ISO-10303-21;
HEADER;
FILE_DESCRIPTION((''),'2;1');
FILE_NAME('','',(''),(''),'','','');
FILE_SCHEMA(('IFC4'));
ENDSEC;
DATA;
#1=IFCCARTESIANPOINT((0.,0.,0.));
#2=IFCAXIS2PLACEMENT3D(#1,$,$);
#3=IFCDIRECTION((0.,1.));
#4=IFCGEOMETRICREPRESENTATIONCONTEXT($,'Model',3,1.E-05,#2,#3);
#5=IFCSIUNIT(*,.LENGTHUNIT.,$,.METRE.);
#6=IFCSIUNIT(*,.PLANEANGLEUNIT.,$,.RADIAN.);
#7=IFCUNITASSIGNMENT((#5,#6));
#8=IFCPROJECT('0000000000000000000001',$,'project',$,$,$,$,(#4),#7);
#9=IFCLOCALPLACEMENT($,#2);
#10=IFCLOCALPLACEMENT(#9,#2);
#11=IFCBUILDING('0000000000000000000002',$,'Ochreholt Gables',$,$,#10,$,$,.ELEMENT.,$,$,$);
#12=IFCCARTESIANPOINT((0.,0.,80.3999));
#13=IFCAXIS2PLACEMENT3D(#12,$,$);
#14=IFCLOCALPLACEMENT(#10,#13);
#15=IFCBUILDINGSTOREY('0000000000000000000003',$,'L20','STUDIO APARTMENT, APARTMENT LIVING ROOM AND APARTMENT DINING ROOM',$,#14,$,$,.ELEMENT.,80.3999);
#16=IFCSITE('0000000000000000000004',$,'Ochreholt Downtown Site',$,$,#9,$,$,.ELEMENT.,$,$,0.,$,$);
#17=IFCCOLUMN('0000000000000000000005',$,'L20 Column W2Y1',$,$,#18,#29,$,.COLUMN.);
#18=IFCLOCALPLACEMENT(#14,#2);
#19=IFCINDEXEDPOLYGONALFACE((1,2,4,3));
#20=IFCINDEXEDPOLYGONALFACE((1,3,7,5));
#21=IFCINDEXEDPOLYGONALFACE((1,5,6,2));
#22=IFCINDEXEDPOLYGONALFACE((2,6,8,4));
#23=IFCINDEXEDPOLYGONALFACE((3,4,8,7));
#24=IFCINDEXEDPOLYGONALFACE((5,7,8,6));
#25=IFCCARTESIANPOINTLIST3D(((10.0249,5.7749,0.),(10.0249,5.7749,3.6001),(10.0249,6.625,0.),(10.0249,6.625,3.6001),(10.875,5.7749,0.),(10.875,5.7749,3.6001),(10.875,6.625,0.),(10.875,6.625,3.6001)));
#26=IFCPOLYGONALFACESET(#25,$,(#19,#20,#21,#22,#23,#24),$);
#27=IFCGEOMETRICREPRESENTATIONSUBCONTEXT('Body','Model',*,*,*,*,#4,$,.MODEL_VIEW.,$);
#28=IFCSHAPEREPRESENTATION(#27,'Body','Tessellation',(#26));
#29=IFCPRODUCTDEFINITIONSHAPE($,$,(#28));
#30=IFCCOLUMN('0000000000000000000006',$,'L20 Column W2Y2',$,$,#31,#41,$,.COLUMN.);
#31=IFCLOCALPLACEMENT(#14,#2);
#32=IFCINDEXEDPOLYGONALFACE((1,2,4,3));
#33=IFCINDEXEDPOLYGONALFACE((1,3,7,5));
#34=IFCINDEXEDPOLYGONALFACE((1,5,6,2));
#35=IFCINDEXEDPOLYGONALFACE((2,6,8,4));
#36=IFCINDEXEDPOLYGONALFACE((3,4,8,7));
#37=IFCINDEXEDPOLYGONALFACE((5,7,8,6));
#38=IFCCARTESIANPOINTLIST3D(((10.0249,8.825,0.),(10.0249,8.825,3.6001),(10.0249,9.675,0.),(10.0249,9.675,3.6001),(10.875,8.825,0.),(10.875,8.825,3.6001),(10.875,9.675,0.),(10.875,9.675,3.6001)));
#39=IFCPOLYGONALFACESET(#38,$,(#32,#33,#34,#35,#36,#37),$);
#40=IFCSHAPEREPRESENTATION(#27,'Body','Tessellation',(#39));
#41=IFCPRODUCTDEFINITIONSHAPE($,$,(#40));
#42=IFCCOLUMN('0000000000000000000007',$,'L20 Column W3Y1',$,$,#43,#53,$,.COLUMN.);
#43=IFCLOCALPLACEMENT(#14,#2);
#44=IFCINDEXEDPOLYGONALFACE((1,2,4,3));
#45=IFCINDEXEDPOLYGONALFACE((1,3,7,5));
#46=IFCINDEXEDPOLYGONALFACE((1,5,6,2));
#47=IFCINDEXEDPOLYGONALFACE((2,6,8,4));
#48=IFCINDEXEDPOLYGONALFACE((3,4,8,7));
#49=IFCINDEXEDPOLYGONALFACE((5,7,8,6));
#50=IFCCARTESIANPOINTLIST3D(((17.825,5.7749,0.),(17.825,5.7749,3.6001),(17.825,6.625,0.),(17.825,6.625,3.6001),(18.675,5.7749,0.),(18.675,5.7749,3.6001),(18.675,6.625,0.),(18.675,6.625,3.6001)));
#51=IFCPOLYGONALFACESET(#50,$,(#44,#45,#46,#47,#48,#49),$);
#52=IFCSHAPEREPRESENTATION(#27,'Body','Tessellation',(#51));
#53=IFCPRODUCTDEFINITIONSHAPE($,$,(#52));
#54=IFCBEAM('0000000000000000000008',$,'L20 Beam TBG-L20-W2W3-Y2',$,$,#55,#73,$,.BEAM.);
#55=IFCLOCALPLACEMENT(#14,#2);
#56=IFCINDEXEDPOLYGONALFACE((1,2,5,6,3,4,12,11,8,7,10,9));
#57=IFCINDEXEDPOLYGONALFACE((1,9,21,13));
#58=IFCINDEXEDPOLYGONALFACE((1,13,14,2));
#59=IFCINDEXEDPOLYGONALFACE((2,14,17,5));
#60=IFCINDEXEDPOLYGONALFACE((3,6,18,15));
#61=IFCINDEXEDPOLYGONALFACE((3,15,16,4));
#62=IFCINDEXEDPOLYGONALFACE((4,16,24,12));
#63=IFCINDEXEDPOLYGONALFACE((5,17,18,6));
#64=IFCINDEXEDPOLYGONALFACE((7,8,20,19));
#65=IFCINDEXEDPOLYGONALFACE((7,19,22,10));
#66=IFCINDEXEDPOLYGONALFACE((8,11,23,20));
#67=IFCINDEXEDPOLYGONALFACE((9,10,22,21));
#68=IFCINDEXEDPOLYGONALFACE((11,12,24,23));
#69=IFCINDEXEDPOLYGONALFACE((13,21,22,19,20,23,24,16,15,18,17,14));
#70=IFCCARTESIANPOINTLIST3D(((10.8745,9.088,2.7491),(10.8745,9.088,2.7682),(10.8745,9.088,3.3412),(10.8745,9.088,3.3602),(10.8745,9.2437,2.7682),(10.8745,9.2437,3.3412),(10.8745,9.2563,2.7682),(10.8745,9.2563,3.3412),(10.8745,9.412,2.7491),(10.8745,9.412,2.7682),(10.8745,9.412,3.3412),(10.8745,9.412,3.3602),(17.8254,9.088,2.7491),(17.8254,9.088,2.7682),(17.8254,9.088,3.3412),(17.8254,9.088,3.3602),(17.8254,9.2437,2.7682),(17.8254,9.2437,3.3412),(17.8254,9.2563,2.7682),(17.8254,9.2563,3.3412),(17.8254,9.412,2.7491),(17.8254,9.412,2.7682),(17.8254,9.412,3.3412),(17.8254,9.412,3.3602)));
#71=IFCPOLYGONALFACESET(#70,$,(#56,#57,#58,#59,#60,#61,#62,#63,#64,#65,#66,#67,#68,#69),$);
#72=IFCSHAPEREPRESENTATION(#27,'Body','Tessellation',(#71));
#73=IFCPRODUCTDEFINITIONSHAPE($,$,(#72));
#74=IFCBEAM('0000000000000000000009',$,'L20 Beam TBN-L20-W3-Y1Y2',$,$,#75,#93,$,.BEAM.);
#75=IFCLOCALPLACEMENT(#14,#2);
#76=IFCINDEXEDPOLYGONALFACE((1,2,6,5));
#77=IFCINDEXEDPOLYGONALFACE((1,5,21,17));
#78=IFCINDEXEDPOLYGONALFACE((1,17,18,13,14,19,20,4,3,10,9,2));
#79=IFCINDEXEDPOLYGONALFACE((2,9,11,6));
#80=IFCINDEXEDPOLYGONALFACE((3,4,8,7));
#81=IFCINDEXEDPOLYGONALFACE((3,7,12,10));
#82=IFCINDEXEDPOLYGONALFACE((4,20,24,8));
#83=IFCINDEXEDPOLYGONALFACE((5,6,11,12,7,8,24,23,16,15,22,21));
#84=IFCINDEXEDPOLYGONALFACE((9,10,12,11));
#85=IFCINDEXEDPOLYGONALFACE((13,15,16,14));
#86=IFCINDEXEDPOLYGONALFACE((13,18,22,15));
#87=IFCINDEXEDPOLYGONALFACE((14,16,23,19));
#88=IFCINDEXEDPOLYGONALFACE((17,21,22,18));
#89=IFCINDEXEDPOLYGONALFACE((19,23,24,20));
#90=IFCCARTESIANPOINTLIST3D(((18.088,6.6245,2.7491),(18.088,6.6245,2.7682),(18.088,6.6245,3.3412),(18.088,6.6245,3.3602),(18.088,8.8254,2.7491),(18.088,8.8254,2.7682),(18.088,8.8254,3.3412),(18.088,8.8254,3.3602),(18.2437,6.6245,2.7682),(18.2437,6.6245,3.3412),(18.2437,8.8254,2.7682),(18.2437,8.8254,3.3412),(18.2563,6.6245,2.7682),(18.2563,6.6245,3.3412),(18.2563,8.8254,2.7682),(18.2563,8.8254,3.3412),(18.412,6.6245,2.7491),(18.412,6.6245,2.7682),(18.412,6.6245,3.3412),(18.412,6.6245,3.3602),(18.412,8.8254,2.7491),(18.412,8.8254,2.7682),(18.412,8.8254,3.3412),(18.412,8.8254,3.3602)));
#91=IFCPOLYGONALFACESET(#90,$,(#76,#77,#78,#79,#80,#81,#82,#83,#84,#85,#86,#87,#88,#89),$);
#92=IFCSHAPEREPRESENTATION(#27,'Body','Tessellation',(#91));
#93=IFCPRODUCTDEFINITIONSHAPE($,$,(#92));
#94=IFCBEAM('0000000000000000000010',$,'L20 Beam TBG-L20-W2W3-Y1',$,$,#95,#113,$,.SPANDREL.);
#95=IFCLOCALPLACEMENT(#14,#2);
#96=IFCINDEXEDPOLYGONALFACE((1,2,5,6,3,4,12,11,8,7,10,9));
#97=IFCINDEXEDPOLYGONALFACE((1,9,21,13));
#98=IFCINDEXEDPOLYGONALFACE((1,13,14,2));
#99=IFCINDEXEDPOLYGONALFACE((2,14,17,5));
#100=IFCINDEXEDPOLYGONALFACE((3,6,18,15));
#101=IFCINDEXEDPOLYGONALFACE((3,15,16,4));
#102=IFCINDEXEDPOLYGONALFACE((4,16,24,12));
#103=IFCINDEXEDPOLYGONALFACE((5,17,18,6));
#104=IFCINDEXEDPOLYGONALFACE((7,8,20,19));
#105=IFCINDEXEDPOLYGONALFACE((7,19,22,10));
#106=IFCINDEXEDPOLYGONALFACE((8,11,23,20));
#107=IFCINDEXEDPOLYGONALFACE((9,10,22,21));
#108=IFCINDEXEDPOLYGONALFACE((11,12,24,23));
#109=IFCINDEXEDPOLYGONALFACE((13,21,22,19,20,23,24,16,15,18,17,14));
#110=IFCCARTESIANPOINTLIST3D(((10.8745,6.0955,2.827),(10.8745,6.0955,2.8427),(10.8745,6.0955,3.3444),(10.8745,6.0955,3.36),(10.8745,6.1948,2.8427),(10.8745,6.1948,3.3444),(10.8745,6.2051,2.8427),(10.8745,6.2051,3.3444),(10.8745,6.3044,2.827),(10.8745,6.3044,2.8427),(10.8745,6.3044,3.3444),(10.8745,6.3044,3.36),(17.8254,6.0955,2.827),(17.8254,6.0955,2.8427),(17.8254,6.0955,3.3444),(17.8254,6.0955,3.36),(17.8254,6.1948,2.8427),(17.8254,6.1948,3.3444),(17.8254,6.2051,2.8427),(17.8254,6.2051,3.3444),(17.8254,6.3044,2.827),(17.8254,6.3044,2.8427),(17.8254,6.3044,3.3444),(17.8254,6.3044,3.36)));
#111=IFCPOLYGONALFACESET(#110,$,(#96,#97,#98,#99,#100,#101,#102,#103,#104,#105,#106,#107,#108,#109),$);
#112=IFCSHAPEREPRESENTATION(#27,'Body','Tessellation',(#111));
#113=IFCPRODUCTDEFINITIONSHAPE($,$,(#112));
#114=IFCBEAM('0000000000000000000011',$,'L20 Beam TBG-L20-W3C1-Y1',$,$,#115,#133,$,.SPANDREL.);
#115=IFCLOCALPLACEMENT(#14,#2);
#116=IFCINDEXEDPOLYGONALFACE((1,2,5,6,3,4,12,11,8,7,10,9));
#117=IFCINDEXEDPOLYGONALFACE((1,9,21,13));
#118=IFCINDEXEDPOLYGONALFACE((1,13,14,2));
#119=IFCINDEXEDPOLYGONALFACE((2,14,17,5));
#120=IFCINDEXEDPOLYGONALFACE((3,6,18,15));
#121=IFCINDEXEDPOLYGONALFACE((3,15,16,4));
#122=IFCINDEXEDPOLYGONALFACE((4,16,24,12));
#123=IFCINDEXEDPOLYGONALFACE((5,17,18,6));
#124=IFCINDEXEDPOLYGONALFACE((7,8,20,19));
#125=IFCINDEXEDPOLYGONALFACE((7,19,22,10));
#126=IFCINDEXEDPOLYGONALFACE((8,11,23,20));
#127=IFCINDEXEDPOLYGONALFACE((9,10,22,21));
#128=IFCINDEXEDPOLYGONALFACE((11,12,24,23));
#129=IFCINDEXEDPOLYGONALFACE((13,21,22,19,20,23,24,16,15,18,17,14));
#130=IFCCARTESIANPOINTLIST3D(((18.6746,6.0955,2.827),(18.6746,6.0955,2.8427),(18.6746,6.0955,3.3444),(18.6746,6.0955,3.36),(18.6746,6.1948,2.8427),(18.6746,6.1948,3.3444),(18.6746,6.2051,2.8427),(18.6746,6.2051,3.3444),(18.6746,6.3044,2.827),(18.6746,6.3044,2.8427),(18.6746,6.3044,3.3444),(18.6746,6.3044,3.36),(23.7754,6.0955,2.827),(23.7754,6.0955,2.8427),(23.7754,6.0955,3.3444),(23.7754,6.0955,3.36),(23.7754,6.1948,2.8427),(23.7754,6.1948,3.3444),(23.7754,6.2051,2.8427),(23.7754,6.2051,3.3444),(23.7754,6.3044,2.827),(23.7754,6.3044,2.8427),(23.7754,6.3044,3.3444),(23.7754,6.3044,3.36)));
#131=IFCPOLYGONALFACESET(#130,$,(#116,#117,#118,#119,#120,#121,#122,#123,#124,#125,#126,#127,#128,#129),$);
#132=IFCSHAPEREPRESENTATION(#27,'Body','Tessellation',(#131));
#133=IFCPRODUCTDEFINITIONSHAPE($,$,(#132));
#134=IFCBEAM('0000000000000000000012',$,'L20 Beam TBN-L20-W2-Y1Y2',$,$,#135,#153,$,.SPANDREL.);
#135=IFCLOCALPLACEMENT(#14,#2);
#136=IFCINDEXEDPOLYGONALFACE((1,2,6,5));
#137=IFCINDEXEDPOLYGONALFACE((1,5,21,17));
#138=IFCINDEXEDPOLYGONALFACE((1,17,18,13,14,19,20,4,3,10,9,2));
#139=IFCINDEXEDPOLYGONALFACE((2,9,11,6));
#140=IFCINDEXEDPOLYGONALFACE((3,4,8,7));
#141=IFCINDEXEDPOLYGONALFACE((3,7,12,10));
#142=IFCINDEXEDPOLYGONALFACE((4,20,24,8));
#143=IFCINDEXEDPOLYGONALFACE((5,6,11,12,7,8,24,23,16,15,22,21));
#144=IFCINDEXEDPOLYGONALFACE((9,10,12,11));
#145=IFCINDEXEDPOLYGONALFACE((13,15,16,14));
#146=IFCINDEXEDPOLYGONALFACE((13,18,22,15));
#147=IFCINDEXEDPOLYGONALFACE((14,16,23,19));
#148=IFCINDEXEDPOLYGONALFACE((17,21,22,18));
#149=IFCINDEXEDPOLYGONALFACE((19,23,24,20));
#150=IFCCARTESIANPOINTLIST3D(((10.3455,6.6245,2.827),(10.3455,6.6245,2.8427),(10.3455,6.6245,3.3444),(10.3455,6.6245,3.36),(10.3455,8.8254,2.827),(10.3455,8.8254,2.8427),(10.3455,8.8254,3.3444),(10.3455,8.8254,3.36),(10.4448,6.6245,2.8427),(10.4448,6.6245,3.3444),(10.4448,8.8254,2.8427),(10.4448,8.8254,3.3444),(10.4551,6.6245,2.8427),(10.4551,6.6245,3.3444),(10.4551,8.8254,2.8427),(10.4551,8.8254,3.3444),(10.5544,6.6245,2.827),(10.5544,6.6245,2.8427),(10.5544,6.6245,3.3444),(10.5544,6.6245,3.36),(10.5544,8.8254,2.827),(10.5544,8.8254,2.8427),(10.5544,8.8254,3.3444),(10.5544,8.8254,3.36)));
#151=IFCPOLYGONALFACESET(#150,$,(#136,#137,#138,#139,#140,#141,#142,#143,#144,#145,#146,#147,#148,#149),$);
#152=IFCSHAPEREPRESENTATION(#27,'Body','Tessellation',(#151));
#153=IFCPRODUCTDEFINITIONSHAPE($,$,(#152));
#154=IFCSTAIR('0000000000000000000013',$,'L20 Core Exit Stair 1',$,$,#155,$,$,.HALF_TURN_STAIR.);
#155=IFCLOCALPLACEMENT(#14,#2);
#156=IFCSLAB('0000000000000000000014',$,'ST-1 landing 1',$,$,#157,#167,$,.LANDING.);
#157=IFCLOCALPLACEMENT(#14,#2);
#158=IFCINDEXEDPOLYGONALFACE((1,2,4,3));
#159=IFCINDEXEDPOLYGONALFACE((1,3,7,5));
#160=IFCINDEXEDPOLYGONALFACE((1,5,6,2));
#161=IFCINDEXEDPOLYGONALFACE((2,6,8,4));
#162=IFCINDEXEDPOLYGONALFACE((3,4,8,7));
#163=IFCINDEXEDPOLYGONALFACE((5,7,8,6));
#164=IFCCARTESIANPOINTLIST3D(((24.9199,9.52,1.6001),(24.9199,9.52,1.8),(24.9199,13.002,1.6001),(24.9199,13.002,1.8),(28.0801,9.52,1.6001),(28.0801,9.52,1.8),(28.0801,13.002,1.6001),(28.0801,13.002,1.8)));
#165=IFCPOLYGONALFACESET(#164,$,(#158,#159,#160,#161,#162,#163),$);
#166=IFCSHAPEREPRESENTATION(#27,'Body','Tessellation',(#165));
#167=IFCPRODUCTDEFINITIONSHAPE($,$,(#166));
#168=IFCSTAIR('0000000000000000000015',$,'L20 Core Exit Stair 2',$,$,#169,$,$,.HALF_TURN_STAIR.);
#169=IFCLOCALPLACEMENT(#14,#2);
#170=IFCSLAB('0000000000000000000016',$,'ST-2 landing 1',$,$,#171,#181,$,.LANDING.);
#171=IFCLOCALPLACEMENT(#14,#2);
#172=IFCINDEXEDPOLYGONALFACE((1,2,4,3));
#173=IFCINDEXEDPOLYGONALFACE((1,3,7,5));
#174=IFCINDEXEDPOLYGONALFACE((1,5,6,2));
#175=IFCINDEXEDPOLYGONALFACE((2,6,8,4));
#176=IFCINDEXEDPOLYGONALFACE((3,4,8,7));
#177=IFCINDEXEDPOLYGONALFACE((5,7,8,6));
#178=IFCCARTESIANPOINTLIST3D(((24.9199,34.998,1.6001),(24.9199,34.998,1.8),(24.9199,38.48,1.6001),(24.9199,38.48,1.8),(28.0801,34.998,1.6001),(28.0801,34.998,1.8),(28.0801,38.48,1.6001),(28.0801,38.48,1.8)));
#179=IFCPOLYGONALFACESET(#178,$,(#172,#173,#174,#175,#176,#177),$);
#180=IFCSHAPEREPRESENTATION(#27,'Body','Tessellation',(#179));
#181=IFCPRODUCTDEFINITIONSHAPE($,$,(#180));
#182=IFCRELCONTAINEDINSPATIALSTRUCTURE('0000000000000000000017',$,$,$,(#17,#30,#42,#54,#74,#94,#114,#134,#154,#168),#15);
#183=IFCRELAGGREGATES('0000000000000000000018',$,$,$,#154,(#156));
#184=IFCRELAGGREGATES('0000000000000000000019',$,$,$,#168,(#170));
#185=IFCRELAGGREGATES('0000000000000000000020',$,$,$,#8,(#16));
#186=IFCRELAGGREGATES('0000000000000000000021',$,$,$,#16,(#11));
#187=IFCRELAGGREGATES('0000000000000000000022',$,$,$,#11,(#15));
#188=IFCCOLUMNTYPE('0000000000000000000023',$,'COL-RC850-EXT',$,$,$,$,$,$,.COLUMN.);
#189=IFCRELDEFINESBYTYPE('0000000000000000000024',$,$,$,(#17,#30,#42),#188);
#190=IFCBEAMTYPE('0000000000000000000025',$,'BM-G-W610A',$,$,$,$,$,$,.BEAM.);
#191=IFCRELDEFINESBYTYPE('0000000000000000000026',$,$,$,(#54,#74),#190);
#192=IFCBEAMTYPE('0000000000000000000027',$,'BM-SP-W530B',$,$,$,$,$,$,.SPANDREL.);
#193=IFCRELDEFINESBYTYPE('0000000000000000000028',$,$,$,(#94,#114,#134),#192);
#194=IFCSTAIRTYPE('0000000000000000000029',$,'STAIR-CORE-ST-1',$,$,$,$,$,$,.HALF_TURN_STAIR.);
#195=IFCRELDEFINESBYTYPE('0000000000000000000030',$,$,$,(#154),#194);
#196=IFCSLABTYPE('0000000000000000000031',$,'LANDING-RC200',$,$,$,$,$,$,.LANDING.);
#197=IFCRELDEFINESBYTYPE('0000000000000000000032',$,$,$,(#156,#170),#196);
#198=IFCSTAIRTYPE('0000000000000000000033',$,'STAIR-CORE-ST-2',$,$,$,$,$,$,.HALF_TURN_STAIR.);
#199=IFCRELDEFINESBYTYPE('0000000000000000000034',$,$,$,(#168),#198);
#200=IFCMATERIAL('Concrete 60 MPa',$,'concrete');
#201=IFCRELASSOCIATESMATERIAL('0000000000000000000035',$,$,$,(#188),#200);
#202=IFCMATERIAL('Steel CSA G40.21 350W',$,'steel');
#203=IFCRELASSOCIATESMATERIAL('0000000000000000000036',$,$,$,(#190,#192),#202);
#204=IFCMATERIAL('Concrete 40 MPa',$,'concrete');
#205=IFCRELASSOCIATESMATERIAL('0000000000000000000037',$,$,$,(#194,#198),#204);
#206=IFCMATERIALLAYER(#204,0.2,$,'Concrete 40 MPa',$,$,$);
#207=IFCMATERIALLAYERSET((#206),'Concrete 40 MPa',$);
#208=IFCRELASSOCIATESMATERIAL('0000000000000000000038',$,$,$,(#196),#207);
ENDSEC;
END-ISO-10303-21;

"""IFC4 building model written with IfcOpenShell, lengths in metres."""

from ifc_helpers import new_model, si_unit, direction, frame, origin, origin_2d, place, context, subcontext, project, spatial, polyline, rectangle, i_section, outline, extrude, material, layer, layer_set, material_profile, profile_set, type_object, element, aggregate, save


model = new_model("IFC4")

# Units and contexts
model_context = context("Model", 3, precision=1e-05, world=origin(), true_north=direction((0.0, 1.0)))
body_context = subcontext(model_context, "Body", "Model", "MODEL_VIEW")
ifc_project = project(units=[si_unit("LENGTHUNIT", "METRE"), si_unit("PLANEANGLEUNIT", "RADIAN")], contexts=[model_context])

# Site, building, storey
site_placement = place(None, origin())
site = spatial("IfcSite", under=ifc_project, at=site_placement, Name="Ochreholt Downtown Site", CompositionType="ELEMENT", RefElevation=0.0)
building_placement = place(site_placement, origin())
building = spatial("IfcBuilding", under=site, at=building_placement, Name="Ochreholt Gables", CompositionType="ELEMENT")
storey_placement = place(building_placement, frame((0.0, 0.0, 80.3999)))
storey = spatial("IfcBuildingStorey", under=building, at=storey_placement, Name="L20", Description="STUDIO APARTMENT, APARTMENT LIVING ROOM AND APARTMENT DINING ROOM", CompositionType="ELEMENT", Elevation=80.3999)

# Columns
ifc_material_1 = material(Name="Concrete 60 MPa", Category="concrete")
ifc_material_profile_1 = material_profile(ifc_material_1, rectangle(XDim=0.8501, YDim=0.8501, at=origin_2d()), Name="RC850X850")
ifc_profile_set_1 = profile_set([ifc_material_profile_1], Name="Concrete 60 MPa")
column_type = type_object("IfcColumnType", Name="COL-RC850-EXT", PredefinedType="COLUMN", material=ifc_profile_set_1)
for number, where, z_axis, x_axis, name in (
    (1, (10.45, 6.2, 0.0), (0.0, 0.0, 1.0), (1.0, 0.0, 0.0), "L20 Column W2Y1"),
    (2, (10.45, 9.25, 0.0), (0.0, 0.0, 1.0), (1.0, 0.0, 0.0), "L20 Column W2Y2"),
    (3, (18.25, 6.2, 0.0), (0.0, 0.0, 1.0), (1.0, 0.0, 0.0), "L20 Column W3Y1"),
):
    element("IfcColumn", number, at=place(storey_placement, frame(where, z_axis=z_axis, x_axis=x_axis)), inside=storey, type_object=column_type, Name=name, PredefinedType="COLUMN", context=body_context, shape_type="SweptSolid", body=[
        extrude(rectangle(XDim=0.8501, YDim=0.8501, at=origin_2d()), origin(), (0.0, 0.0, 1.0), 3.6001),
    ])

# Beams
ifc_material_2 = material(Name="Steel CSA G40.21 350W", Category="steel")
ifc_material_profile_2 = material_profile(ifc_material_2, i_section(OverallWidth=0.324, OverallDepth=0.6111, WebThickness=0.0127, FlangeThickness=0.019, at=origin_2d()), Name="W610X155")
ifc_profile_set_2 = profile_set([ifc_material_profile_2], Name="Steel CSA G40.21 350W")
beam_type_1 = type_object("IfcBeamType", Name="BM-G-W610A", PredefinedType="BEAM", material=ifc_profile_set_2)
beam_1_placement = place(storey_placement, frame((10.8745, 9.25, 3.0547), z_axis=(1.0, 0.0, 0.0), x_axis=(0.0, 1.0, 0.0)))
element("IfcBeam", 4, at=beam_1_placement, inside=storey, type_object=beam_type_1, Name="L20 Beam TBG-L20-W2W3-Y2", PredefinedType="BEAM", context=body_context, shape_type="SweptSolid", body=[
    extrude(i_section(OverallWidth=0.324, OverallDepth=0.6111, WebThickness=0.0127, FlangeThickness=0.019, at=origin_2d()), origin(), (0.0, 0.0, 1.0), 6.9509),
])
beam_2_placement = place(storey_placement, frame((18.25, 6.6245, 3.0547), z_axis=(0.0, 1.0, 0.0), x_axis=(-1.0, 0.0, 0.0)))
element("IfcBeam", 5, at=beam_2_placement, inside=storey, type_object=beam_type_1, Name="L20 Beam TBN-L20-W3-Y1Y2", PredefinedType="BEAM", context=body_context, shape_type="SweptSolid", body=[
    extrude(i_section(OverallWidth=0.324, OverallDepth=0.6111, WebThickness=0.0127, FlangeThickness=0.019, at=origin_2d()), origin(), (0.0, 0.0, 1.0), 2.2009),
])
ifc_material_profile_3 = material_profile(ifc_material_2, i_section(OverallWidth=0.209, OverallDepth=0.533, WebThickness=0.0103, FlangeThickness=0.0156, at=origin_2d()), Name="W530X92")
ifc_profile_set_3 = profile_set([ifc_material_profile_3], Name="Steel CSA G40.21 350W")
beam_type_2 = type_object("IfcBeamType", Name="BM-SP-W530B", PredefinedType="SPANDREL", material=ifc_profile_set_3)
beam_3_placement = place(storey_placement, frame((10.8745, 6.2, 3.0935), z_axis=(1.0, 0.0, 0.0), x_axis=(0.0, 1.0, 0.0)))
element("IfcBeam", 6, at=beam_3_placement, inside=storey, type_object=beam_type_2, Name="L20 Beam TBG-L20-W2W3-Y1", PredefinedType="SPANDREL", context=body_context, shape_type="SweptSolid", body=[
    extrude(i_section(OverallWidth=0.209, OverallDepth=0.533, WebThickness=0.0103, FlangeThickness=0.0156, at=origin_2d()), origin(), (0.0, 0.0, 1.0), 6.9509),
])
beam_4_placement = place(storey_placement, frame((18.6746, 6.2, 3.0935), z_axis=(1.0, 0.0, 0.0), x_axis=(0.0, 1.0, 0.0)))
element("IfcBeam", 7, at=beam_4_placement, inside=storey, type_object=beam_type_2, Name="L20 Beam TBG-L20-W3C1-Y1", PredefinedType="SPANDREL", context=body_context, shape_type="SweptSolid", body=[
    extrude(i_section(OverallWidth=0.209, OverallDepth=0.533, WebThickness=0.0103, FlangeThickness=0.0156, at=origin_2d()), origin(), (0.0, 0.0, 1.0), 5.1008),
])
beam_5_placement = place(storey_placement, frame((10.45, 6.6245, 3.0935), z_axis=(0.0, 1.0, 0.0), x_axis=(-1.0, 0.0, 0.0)))
element("IfcBeam", 8, at=beam_5_placement, inside=storey, type_object=beam_type_2, Name="L20 Beam TBN-L20-W2-Y1Y2", PredefinedType="SPANDREL", context=body_context, shape_type="SweptSolid", body=[
    extrude(i_section(OverallWidth=0.209, OverallDepth=0.533, WebThickness=0.0103, FlangeThickness=0.0156, at=origin_2d()), origin(), (0.0, 0.0, 1.0), 2.2009),
])

# Stairs, slabs
ifc_material_3 = material(Name="Concrete 40 MPa", Category="concrete")
stair_type_1 = type_object("IfcStairType", Name="STAIR-CORE-ST-1", PredefinedType="HALF_TURN_STAIR", material=ifc_material_3)
stair_1_placement = place(storey_placement, origin())
stair_1 = element("IfcStair", 9, at=stair_1_placement, inside=storey, type_object=stair_type_1, Name="L20 Core Exit Stair 1", PredefinedType="HALF_TURN_STAIR")
ifc_layer_1 = layer(ifc_material_3, 0.2, Name="Concrete 40 MPa")
ifc_layer_set_1 = layer_set([ifc_layer_1], Name="Concrete 40 MPa")
slab_type_1 = type_object("IfcSlabType", Name="LANDING-RC200", PredefinedType="LANDING", material=ifc_layer_set_1)
slab_1_placement = place(storey_placement, frame((0.0, 0.0, 1.6001)))
slab_1 = element("IfcSlab", 10, at=slab_1_placement, type_object=slab_type_1, Name="ST-1 landing 1", PredefinedType="LANDING", context=body_context, shape_type="SweptSolid", body=[
    extrude(outline(polyline([(24.9199, 13.002), (24.9199, 9.52), (28.0801, 9.52), (28.0801, 13.002), (24.9199, 13.002)])), origin(), (0.0, 0.0, 1.0), 0.2),
])
aggregate(stair_1, [slab_1])
stair_type_2 = type_object("IfcStairType", Name="STAIR-CORE-ST-2", PredefinedType="HALF_TURN_STAIR", material=ifc_material_3)
stair_2_placement = place(storey_placement, origin())
stair_2 = element("IfcStair", 11, at=stair_2_placement, inside=storey, type_object=stair_type_2, Name="L20 Core Exit Stair 2", PredefinedType="HALF_TURN_STAIR")
slab_2_placement = place(storey_placement, frame((0.0, 0.0, 1.6001)))
slab_2 = element("IfcSlab", 12, at=slab_2_placement, type_object=slab_type_1, Name="ST-2 landing 1", PredefinedType="LANDING", context=body_context, shape_type="SweptSolid", body=[
    extrude(outline(polyline([(28.0801, 34.998), (28.0801, 38.48), (24.9199, 38.48), (24.9199, 34.998), (28.0801, 34.998)])), origin(), (0.0, 0.0, 1.0), 0.2),
])
aggregate(stair_2, [slab_2])

save(model, "model.ifc")
